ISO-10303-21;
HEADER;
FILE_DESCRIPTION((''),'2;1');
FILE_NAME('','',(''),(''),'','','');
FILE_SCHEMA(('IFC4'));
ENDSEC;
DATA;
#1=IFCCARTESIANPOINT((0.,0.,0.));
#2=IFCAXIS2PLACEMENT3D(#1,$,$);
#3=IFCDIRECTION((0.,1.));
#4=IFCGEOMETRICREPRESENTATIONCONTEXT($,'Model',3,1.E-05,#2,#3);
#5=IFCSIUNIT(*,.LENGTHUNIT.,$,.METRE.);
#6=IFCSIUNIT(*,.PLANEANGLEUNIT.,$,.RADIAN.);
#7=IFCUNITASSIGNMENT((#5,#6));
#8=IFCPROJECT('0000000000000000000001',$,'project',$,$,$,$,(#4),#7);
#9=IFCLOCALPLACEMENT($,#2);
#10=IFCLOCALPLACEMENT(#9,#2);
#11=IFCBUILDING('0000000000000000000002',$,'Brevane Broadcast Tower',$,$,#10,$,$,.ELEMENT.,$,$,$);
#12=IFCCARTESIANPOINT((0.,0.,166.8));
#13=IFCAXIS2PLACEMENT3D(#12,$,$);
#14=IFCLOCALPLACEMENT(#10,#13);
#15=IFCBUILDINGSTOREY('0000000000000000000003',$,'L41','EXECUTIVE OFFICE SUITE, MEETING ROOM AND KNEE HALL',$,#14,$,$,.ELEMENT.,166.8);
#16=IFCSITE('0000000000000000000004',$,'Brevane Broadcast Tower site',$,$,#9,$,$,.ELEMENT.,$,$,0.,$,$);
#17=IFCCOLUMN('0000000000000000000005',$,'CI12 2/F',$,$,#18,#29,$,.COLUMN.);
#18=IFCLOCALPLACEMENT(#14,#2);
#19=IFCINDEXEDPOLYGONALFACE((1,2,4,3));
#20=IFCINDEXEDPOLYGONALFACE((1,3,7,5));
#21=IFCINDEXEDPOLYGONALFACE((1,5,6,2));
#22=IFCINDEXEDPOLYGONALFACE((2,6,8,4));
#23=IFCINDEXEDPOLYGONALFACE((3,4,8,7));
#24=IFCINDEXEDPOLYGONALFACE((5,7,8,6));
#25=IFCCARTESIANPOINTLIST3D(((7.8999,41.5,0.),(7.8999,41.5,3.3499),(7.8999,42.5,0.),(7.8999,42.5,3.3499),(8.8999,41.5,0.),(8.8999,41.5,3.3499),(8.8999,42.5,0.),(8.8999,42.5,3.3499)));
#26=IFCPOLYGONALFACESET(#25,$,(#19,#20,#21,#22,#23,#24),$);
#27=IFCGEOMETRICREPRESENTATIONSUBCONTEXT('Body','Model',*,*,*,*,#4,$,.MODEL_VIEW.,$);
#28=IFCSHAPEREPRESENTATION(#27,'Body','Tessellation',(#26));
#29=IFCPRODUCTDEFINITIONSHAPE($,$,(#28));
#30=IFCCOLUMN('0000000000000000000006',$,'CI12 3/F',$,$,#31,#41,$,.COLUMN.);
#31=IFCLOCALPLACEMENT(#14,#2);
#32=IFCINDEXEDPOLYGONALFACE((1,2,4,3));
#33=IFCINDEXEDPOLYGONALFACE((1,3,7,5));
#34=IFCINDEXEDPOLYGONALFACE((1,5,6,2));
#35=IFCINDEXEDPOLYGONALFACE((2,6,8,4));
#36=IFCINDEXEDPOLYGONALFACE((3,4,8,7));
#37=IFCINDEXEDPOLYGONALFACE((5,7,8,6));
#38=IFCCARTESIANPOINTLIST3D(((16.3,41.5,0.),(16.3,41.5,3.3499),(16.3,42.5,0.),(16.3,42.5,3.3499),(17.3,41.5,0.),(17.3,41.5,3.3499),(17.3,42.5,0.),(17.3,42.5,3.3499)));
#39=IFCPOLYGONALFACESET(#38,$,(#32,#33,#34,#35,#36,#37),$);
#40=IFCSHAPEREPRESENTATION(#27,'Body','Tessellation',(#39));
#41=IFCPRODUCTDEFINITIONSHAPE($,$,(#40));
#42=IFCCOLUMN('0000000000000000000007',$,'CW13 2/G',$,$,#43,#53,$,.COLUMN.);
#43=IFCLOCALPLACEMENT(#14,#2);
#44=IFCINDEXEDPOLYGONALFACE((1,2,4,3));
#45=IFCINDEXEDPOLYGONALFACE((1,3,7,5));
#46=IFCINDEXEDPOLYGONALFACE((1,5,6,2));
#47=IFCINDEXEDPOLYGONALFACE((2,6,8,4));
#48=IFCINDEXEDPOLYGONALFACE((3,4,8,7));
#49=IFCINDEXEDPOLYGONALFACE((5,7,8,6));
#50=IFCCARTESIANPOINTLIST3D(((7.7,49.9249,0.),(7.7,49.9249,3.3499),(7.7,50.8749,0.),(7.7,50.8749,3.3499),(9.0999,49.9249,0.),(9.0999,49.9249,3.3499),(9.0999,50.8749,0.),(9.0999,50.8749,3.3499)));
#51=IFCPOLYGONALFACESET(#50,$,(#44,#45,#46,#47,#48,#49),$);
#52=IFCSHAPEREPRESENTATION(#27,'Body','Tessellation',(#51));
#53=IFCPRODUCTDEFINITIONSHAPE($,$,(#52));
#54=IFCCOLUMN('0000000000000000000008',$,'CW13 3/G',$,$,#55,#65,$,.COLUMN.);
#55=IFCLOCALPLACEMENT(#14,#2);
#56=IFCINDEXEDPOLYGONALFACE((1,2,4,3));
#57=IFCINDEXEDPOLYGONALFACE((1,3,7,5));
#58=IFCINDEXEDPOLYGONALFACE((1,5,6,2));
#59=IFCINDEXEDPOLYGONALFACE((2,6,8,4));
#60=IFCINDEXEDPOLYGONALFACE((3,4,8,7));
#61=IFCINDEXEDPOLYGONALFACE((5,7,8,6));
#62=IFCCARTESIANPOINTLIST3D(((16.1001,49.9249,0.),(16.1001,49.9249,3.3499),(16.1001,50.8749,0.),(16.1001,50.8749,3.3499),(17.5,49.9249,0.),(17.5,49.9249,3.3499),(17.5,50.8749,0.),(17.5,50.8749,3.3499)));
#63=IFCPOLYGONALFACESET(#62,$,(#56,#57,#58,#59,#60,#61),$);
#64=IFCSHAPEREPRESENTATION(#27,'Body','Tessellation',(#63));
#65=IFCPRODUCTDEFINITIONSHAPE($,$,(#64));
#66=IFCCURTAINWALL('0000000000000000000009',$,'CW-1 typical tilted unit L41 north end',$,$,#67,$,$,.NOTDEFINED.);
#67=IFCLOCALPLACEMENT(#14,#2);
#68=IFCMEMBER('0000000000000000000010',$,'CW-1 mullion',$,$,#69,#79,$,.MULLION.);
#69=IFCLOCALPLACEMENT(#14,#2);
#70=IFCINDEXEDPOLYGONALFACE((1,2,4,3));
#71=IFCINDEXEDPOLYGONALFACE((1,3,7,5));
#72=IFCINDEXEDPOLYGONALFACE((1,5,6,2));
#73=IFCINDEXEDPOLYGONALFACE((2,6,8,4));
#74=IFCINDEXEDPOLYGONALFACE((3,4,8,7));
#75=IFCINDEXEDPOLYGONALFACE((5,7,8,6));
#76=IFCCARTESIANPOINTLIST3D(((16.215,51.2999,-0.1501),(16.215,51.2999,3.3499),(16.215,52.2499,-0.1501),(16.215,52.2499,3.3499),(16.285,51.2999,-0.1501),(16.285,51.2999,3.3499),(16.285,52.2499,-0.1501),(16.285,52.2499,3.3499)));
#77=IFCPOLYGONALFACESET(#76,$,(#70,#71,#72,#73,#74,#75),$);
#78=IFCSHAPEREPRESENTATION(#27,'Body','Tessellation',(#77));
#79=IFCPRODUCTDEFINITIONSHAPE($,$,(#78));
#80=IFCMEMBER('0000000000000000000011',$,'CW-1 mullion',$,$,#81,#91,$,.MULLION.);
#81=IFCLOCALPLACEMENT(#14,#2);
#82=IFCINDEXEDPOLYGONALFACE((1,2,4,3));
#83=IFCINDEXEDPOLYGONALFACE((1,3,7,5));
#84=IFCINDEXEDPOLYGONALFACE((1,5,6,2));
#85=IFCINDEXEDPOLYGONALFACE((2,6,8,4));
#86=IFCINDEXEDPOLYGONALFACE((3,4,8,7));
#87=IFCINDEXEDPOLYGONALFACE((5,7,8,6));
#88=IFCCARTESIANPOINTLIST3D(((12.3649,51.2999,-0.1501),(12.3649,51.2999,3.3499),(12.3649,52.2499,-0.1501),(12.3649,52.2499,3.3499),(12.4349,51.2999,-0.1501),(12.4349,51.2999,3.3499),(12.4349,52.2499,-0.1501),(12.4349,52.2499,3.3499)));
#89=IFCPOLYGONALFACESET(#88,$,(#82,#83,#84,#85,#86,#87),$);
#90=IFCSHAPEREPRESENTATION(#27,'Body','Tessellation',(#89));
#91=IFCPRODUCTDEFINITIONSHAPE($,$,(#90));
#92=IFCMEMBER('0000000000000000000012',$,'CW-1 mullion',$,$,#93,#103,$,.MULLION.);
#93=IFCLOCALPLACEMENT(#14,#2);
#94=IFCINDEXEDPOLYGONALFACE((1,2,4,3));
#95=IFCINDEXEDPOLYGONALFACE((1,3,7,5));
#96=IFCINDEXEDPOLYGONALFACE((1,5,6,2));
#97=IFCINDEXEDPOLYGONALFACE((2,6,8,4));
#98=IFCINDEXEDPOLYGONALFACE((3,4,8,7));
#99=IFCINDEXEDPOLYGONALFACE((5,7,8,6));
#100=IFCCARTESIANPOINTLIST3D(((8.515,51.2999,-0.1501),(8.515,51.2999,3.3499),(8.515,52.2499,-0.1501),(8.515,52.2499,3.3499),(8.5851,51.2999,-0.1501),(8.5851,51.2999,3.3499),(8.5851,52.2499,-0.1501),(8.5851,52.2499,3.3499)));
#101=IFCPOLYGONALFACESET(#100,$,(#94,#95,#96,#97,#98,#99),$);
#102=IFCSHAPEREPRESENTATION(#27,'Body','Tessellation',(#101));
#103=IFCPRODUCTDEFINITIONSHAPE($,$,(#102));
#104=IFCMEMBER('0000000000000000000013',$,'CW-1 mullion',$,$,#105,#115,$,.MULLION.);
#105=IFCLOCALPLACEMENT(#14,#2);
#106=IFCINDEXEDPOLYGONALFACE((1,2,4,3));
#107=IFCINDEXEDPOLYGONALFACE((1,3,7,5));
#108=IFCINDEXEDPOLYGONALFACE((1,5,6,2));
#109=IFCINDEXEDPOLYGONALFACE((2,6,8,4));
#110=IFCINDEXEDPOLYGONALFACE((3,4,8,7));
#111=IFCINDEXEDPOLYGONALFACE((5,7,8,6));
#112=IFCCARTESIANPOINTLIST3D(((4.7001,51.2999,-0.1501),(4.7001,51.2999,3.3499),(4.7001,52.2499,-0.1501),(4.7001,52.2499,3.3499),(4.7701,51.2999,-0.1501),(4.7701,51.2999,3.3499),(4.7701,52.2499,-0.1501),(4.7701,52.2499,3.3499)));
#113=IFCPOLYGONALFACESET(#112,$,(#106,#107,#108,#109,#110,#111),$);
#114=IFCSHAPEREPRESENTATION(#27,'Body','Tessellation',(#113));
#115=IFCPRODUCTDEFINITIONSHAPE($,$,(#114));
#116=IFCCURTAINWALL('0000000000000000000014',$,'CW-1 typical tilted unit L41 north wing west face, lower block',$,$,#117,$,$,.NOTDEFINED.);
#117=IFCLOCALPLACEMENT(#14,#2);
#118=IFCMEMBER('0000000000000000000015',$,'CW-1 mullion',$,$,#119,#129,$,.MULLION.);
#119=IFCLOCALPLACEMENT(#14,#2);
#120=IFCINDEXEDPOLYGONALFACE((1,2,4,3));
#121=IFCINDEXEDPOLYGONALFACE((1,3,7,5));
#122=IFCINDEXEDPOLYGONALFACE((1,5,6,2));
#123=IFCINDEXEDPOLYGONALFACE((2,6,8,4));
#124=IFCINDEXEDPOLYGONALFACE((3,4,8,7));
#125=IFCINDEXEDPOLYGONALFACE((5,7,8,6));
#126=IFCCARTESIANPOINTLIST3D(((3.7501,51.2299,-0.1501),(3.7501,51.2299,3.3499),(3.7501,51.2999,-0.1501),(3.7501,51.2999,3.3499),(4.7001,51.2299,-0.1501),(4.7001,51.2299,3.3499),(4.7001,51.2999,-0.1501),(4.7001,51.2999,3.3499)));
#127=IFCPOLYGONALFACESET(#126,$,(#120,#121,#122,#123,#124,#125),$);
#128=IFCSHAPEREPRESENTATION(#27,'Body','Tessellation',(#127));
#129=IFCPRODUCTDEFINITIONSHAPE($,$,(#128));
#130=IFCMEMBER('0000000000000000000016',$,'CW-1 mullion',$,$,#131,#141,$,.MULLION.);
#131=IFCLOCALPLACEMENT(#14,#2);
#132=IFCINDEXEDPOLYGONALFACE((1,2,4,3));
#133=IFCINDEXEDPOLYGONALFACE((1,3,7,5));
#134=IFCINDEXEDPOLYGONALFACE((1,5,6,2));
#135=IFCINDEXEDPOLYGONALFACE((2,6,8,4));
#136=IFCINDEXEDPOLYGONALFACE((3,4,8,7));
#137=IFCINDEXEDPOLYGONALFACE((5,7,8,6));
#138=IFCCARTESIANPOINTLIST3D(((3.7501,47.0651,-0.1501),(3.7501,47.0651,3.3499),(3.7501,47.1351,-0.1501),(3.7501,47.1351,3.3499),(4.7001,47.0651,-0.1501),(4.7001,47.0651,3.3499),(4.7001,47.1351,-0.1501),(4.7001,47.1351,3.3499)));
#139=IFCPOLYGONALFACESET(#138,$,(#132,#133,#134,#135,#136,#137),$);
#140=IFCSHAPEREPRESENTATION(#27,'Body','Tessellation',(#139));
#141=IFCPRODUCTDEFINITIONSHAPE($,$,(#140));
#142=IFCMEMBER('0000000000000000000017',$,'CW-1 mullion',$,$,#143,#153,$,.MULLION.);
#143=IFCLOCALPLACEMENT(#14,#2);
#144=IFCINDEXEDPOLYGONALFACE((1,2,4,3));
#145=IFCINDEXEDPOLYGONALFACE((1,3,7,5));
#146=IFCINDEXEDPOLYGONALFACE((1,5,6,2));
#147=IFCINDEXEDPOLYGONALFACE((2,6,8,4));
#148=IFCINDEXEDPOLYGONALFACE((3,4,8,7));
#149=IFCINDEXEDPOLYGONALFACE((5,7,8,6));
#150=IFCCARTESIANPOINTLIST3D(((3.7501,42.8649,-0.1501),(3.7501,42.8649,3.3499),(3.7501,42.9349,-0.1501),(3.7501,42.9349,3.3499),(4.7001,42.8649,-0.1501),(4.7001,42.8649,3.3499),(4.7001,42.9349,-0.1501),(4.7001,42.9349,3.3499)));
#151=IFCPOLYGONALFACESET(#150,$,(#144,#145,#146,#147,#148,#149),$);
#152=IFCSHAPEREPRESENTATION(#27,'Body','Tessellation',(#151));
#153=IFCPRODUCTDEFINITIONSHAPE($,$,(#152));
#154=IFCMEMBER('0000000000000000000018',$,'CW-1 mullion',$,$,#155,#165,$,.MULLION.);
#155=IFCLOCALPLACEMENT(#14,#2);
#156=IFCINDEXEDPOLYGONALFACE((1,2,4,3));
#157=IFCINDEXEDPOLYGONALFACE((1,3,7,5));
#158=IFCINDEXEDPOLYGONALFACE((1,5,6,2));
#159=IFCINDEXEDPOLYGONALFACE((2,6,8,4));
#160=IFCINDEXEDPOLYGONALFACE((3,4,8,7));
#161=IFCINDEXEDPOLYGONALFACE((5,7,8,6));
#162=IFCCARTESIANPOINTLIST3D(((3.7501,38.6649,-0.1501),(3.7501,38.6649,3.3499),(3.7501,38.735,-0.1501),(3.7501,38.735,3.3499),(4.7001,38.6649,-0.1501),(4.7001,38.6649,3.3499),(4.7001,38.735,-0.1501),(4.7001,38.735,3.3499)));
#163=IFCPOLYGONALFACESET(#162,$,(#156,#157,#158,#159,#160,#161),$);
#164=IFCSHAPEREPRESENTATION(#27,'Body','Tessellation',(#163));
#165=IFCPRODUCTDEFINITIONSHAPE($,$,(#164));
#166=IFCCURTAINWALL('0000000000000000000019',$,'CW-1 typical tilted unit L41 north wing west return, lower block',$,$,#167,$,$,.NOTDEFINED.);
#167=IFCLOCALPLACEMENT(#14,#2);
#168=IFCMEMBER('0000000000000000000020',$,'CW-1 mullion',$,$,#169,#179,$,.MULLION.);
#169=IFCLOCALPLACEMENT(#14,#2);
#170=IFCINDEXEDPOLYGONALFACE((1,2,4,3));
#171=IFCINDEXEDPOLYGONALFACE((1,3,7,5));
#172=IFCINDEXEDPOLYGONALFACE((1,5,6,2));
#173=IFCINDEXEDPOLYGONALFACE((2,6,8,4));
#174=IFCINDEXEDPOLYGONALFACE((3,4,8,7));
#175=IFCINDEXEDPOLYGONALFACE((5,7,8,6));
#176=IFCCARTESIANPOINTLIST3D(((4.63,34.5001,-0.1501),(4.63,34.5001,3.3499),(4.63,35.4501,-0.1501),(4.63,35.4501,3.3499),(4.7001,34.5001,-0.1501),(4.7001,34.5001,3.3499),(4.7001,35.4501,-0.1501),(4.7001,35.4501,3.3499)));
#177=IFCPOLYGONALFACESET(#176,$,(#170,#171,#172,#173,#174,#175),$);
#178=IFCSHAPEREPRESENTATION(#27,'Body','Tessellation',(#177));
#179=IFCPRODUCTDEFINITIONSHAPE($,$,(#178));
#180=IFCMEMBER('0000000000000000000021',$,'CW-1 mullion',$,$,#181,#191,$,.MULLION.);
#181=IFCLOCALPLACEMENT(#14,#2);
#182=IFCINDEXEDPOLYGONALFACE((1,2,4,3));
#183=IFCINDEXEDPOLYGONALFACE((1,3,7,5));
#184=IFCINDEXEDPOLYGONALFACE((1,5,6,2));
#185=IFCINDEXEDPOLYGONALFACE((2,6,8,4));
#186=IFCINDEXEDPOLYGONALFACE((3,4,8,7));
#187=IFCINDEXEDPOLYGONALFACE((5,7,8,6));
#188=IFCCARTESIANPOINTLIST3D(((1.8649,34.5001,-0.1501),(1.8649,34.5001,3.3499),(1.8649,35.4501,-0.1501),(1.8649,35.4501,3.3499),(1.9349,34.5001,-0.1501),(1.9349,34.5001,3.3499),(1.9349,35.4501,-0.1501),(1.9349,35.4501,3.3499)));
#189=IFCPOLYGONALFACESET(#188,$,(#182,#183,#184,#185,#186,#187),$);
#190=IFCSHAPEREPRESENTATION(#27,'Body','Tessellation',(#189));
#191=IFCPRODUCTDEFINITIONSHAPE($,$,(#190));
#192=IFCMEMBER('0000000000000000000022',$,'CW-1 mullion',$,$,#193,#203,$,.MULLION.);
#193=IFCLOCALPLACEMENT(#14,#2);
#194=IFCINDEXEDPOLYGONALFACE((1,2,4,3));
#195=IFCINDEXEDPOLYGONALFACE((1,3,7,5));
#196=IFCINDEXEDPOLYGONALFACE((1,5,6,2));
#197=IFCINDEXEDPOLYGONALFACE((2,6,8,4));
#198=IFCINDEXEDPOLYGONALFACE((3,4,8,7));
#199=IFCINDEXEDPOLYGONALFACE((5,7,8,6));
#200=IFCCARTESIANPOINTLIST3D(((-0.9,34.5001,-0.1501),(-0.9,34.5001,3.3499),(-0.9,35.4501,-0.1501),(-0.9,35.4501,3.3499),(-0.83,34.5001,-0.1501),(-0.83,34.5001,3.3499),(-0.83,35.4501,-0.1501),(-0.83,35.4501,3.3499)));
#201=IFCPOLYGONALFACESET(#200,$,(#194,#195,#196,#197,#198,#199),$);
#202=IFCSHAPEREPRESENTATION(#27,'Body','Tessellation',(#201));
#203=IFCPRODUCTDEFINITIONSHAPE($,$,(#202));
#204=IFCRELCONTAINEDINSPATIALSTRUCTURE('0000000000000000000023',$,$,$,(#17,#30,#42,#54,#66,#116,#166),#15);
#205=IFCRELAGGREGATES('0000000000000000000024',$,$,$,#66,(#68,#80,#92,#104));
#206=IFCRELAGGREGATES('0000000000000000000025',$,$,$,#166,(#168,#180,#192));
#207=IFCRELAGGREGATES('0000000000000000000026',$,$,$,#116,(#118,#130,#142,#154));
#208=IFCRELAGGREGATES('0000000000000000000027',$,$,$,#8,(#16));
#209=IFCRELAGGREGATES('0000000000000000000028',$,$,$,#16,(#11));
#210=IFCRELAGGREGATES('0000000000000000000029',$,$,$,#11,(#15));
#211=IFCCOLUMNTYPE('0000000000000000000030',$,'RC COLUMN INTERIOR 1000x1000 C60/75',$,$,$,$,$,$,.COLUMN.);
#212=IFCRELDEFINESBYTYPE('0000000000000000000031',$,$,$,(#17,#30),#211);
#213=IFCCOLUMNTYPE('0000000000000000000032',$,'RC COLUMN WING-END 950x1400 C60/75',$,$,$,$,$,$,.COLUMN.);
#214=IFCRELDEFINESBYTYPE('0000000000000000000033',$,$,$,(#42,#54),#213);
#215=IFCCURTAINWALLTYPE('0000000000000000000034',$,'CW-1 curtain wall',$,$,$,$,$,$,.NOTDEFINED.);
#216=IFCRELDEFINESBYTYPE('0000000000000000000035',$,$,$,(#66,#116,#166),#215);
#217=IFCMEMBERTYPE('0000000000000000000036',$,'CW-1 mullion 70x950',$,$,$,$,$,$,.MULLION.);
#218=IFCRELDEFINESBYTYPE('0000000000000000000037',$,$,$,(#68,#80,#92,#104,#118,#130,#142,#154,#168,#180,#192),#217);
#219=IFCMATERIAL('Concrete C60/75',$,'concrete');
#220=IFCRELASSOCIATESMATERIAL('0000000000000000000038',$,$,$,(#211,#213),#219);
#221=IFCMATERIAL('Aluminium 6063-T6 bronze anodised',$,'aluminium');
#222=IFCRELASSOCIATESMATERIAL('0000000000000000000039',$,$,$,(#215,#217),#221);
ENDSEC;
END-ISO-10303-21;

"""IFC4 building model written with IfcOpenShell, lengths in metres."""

from ifc_helpers import new_model, si_unit, direction, frame, origin, origin_2d, place, context, subcontext, project, spatial, rectangle, extrude, material, material_profile, profile_set, type_object, element, aggregate, save


model = new_model("IFC4")

# Units and contexts
model_context = context("Model", 3, precision=1e-05, world=origin(), true_north=direction((0.0, 1.0)))
body_context = subcontext(model_context, "Body", "Model", "MODEL_VIEW")
ifc_project = project(units=[si_unit("LENGTHUNIT", "METRE"), si_unit("PLANEANGLEUNIT", "RADIAN")], contexts=[model_context])

# Site, building, storey
site_placement = place(None, origin())
site = spatial("IfcSite", under=ifc_project, at=site_placement, Name="Brevane Broadcast Tower site", CompositionType="ELEMENT", RefElevation=0.0)
building_placement = place(site_placement, origin())
building = spatial("IfcBuilding", under=site, at=building_placement, Name="Brevane Broadcast Tower", CompositionType="ELEMENT")
storey_placement = place(building_placement, frame((0.0, 0.0, 166.8)))
storey = spatial("IfcBuildingStorey", under=building, at=storey_placement, Name="L41", Description="EXECUTIVE OFFICE SUITE, MEETING ROOM AND KNEE HALL", CompositionType="ELEMENT", Elevation=166.8)

# Columns
ifc_material_1 = material(Name="Concrete C60/75", Category="concrete")
ifc_material_profile_1 = material_profile(ifc_material_1, rectangle(XDim=1.0, YDim=1.0, at=origin_2d()), Name="RC 1000x1000")
ifc_profile_set_1 = profile_set([ifc_material_profile_1], Name="Concrete C60/75")
column_type_1 = type_object("IfcColumnType", Name="RC COLUMN INTERIOR 1000x1000 C60/75", PredefinedType="COLUMN", material=ifc_profile_set_1)
for number, where, z_axis, x_axis, name in (
    (1, (8.3999, 42.0, 0.0), (0.0, 0.0, 1.0), (1.0, 0.0, 0.0), "CI12 2/F"),
    (2, (16.8, 42.0, 0.0), (0.0, 0.0, 1.0), (1.0, 0.0, 0.0), "CI12 3/F"),
):
    element("IfcColumn", number, at=place(storey_placement, frame(where, z_axis=z_axis, x_axis=x_axis)), inside=storey, type_object=column_type_1, Name=name, PredefinedType="COLUMN", context=body_context, shape_type="SweptSolid", body=[
        extrude(rectangle(XDim=1.0, YDim=1.0, at=origin_2d()), origin(), (0.0, 0.0, 1.0), 3.3499),
    ])
ifc_material_profile_2 = material_profile(ifc_material_1, rectangle(XDim=0.95, YDim=1.3999, at=origin_2d()), Name="RC 950x1400")
ifc_profile_set_2 = profile_set([ifc_material_profile_2], Name="Concrete C60/75")
column_type_2 = type_object("IfcColumnType", Name="RC COLUMN WING-END 950x1400 C60/75", PredefinedType="COLUMN", material=ifc_profile_set_2)
for number, where, z_axis, x_axis, name in (
    (3, (8.3999, 50.3999, 0.0), (0.0, 0.0, 1.0), (0.0, 1.0, 0.0), "CW13 2/G"),
    (4, (16.8, 50.3999, 0.0), (0.0, 0.0, 1.0), (0.0, 1.0, 0.0), "CW13 3/G"),
):
    element("IfcColumn", number, at=place(storey_placement, frame(where, z_axis=z_axis, x_axis=x_axis)), inside=storey, type_object=column_type_2, Name=name, PredefinedType="COLUMN", context=body_context, shape_type="SweptSolid", body=[
        extrude(rectangle(XDim=0.95, YDim=1.3999, at=origin_2d()), origin(), (0.0, 0.0, 1.0), 3.3499),
    ])

# Curtain walls, members
ifc_material_2 = material(Name="Aluminium 6063-T6 bronze anodised", Category="aluminium")
curtain_wall_type = type_object("IfcCurtainWallType", Name="CW-1 curtain wall", PredefinedType="NOTDEFINED", material=ifc_material_2)
curtain_wall_1_placement = place(storey_placement, origin())
curtain_wall_1 = element("IfcCurtainWall", 5, at=curtain_wall_1_placement, inside=storey, type_object=curtain_wall_type, Name="CW-1 typical tilted unit L41 north end", PredefinedType="NOTDEFINED")
ifc_material_profile_3 = material_profile(ifc_material_2, rectangle(XDim=0.95, YDim=0.0701, at=origin_2d()), Name="RECT 70x950")
ifc_profile_set_3 = profile_set([ifc_material_profile_3], Name="Aluminium 6063-T6 bronze anodised")
member_type_1 = type_object("IfcMemberType", Name="CW-1 mullion 70x950", PredefinedType="MULLION", material=ifc_profile_set_3)
member_1_placement = place(storey_placement, frame((16.25, 51.7749, -0.1501), z_axis=(0.0, 0.0, 1.0), x_axis=(0.0, -1.0, 0.0)))
member_1 = element("IfcMember", 6, at=member_1_placement, type_object=member_type_1, Name="CW-1 mullion", PredefinedType="MULLION", context=body_context, shape_type="SweptSolid", body=[
    extrude(rectangle(XDim=0.95, YDim=0.0701, at=origin_2d()), origin(), (0.0, 0.0, 1.0), 3.5),
])
member_2_placement = place(storey_placement, frame((12.3999, 51.7749, -0.1501), z_axis=(0.0, 0.0, 1.0), x_axis=(0.0, -1.0, 0.0)))
member_2 = element("IfcMember", 7, at=member_2_placement, type_object=member_type_1, Name="CW-1 mullion", PredefinedType="MULLION", context=body_context, shape_type="SweptSolid", body=[
    extrude(rectangle(XDim=0.95, YDim=0.0701, at=origin_2d()), origin(), (0.0, 0.0, 1.0), 3.5),
])
member_3_placement = place(storey_placement, frame((8.55, 51.7749, -0.1501), z_axis=(0.0, 0.0, 1.0), x_axis=(0.0, -1.0, 0.0)))
member_3 = element("IfcMember", 8, at=member_3_placement, type_object=member_type_1, Name="CW-1 mullion", PredefinedType="MULLION", context=body_context, shape_type="SweptSolid", body=[
    extrude(rectangle(XDim=0.95, YDim=0.0701, at=origin_2d()), origin(), (0.0, 0.0, 1.0), 3.5),
])
member_4_placement = place(storey_placement, frame((4.7351, 51.7749, -0.1501), z_axis=(0.0, 0.0, 1.0), x_axis=(0.0, -1.0, 0.0)))
member_4 = element("IfcMember", 9, at=member_4_placement, type_object=member_type_1, Name="CW-1 mullion", PredefinedType="MULLION", context=body_context, shape_type="SweptSolid", body=[
    extrude(rectangle(XDim=0.95, YDim=0.0701, at=origin_2d()), origin(), (0.0, 0.0, 1.0), 3.5),
])
aggregate(curtain_wall_1, [member_1, member_2, member_3, member_4])
curtain_wall_2_placement = place(storey_placement, origin())
curtain_wall_2 = element("IfcCurtainWall", 10, at=curtain_wall_2_placement, inside=storey, type_object=curtain_wall_type, Name="CW-1 typical tilted unit L41 north wing west face, lower block", PredefinedType="NOTDEFINED")
member_5_placement = place(storey_placement, frame((4.2251, 51.2649, -0.1501), z_axis=(0.0, 0.0, 1.0), x_axis=(1.0, 0.0, 0.0)))
member_5 = element("IfcMember", 11, at=member_5_placement, type_object=member_type_1, Name="CW-1 mullion", PredefinedType="MULLION", context=body_context, shape_type="SweptSolid", body=[
    extrude(rectangle(XDim=0.95, YDim=0.0701, at=origin_2d()), origin(), (0.0, 0.0, 1.0), 3.5),
])
member_6_placement = place(storey_placement, frame((4.2251, 47.1001, -0.1501), z_axis=(0.0, 0.0, 1.0), x_axis=(1.0, 0.0, 0.0)))
member_6 = element("IfcMember", 12, at=member_6_placement, type_object=member_type_1, Name="CW-1 mullion", PredefinedType="MULLION", context=body_context, shape_type="SweptSolid", body=[
    extrude(rectangle(XDim=0.95, YDim=0.0701, at=origin_2d()), origin(), (0.0, 0.0, 1.0), 3.5),
])
member_7_placement = place(storey_placement, frame((4.2251, 42.8999, -0.1501), z_axis=(0.0, 0.0, 1.0), x_axis=(1.0, 0.0, 0.0)))
member_7 = element("IfcMember", 13, at=member_7_placement, type_object=member_type_1, Name="CW-1 mullion", PredefinedType="MULLION", context=body_context, shape_type="SweptSolid", body=[
    extrude(rectangle(XDim=0.95, YDim=0.0701, at=origin_2d()), origin(), (0.0, 0.0, 1.0), 3.5),
])
member_8_placement = place(storey_placement, frame((4.2251, 38.7, -0.1501), z_axis=(0.0, 0.0, 1.0), x_axis=(1.0, 0.0, 0.0)))
member_8 = element("IfcMember", 14, at=member_8_placement, type_object=member_type_1, Name="CW-1 mullion", PredefinedType="MULLION", context=body_context, shape_type="SweptSolid", body=[
    extrude(rectangle(XDim=0.95, YDim=0.0701, at=origin_2d()), origin(), (0.0, 0.0, 1.0), 3.5),
])
curtain_wall_3_placement = place(storey_placement, origin())
curtain_wall_3 = element("IfcCurtainWall", 15, at=curtain_wall_3_placement, inside=storey, type_object=curtain_wall_type, Name="CW-1 typical tilted unit L41 north wing west return, lower block", PredefinedType="NOTDEFINED")
member_9_placement = place(storey_placement, frame((4.665, 34.9751, -0.1501), z_axis=(0.0, 0.0, 1.0), x_axis=(0.0, -1.0, 0.0)))
member_9 = element("IfcMember", 16, at=member_9_placement, type_object=member_type_1, Name="CW-1 mullion", PredefinedType="MULLION", context=body_context, shape_type="SweptSolid", body=[
    extrude(rectangle(XDim=0.95, YDim=0.0701, at=origin_2d()), origin(), (0.0, 0.0, 1.0), 3.5),
])
member_10_placement = place(storey_placement, frame((1.8999, 34.9751, -0.1501), z_axis=(0.0, 0.0, 1.0), x_axis=(0.0, -1.0, 0.0)))
member_10 = element("IfcMember", 17, at=member_10_placement, type_object=member_type_1, Name="CW-1 mullion", PredefinedType="MULLION", context=body_context, shape_type="SweptSolid", body=[
    extrude(rectangle(XDim=0.95, YDim=0.0701, at=origin_2d()), origin(), (0.0, 0.0, 1.0), 3.5),
])
member_11_placement = place(storey_placement, frame((-0.865, 34.9751, -0.1501), z_axis=(0.0, 0.0, 1.0), x_axis=(0.0, -1.0, 0.0)))
member_11 = element("IfcMember", 18, at=member_11_placement, type_object=member_type_1, Name="CW-1 mullion", PredefinedType="MULLION", context=body_context, shape_type="SweptSolid", body=[
    extrude(rectangle(XDim=0.95, YDim=0.0701, at=origin_2d()), origin(), (0.0, 0.0, 1.0), 3.5),
])
aggregate(curtain_wall_3, [member_9, member_10, member_11])

aggregate(curtain_wall_2, [member_5, member_6, member_7, member_8])

save(model, "model.ifc")
